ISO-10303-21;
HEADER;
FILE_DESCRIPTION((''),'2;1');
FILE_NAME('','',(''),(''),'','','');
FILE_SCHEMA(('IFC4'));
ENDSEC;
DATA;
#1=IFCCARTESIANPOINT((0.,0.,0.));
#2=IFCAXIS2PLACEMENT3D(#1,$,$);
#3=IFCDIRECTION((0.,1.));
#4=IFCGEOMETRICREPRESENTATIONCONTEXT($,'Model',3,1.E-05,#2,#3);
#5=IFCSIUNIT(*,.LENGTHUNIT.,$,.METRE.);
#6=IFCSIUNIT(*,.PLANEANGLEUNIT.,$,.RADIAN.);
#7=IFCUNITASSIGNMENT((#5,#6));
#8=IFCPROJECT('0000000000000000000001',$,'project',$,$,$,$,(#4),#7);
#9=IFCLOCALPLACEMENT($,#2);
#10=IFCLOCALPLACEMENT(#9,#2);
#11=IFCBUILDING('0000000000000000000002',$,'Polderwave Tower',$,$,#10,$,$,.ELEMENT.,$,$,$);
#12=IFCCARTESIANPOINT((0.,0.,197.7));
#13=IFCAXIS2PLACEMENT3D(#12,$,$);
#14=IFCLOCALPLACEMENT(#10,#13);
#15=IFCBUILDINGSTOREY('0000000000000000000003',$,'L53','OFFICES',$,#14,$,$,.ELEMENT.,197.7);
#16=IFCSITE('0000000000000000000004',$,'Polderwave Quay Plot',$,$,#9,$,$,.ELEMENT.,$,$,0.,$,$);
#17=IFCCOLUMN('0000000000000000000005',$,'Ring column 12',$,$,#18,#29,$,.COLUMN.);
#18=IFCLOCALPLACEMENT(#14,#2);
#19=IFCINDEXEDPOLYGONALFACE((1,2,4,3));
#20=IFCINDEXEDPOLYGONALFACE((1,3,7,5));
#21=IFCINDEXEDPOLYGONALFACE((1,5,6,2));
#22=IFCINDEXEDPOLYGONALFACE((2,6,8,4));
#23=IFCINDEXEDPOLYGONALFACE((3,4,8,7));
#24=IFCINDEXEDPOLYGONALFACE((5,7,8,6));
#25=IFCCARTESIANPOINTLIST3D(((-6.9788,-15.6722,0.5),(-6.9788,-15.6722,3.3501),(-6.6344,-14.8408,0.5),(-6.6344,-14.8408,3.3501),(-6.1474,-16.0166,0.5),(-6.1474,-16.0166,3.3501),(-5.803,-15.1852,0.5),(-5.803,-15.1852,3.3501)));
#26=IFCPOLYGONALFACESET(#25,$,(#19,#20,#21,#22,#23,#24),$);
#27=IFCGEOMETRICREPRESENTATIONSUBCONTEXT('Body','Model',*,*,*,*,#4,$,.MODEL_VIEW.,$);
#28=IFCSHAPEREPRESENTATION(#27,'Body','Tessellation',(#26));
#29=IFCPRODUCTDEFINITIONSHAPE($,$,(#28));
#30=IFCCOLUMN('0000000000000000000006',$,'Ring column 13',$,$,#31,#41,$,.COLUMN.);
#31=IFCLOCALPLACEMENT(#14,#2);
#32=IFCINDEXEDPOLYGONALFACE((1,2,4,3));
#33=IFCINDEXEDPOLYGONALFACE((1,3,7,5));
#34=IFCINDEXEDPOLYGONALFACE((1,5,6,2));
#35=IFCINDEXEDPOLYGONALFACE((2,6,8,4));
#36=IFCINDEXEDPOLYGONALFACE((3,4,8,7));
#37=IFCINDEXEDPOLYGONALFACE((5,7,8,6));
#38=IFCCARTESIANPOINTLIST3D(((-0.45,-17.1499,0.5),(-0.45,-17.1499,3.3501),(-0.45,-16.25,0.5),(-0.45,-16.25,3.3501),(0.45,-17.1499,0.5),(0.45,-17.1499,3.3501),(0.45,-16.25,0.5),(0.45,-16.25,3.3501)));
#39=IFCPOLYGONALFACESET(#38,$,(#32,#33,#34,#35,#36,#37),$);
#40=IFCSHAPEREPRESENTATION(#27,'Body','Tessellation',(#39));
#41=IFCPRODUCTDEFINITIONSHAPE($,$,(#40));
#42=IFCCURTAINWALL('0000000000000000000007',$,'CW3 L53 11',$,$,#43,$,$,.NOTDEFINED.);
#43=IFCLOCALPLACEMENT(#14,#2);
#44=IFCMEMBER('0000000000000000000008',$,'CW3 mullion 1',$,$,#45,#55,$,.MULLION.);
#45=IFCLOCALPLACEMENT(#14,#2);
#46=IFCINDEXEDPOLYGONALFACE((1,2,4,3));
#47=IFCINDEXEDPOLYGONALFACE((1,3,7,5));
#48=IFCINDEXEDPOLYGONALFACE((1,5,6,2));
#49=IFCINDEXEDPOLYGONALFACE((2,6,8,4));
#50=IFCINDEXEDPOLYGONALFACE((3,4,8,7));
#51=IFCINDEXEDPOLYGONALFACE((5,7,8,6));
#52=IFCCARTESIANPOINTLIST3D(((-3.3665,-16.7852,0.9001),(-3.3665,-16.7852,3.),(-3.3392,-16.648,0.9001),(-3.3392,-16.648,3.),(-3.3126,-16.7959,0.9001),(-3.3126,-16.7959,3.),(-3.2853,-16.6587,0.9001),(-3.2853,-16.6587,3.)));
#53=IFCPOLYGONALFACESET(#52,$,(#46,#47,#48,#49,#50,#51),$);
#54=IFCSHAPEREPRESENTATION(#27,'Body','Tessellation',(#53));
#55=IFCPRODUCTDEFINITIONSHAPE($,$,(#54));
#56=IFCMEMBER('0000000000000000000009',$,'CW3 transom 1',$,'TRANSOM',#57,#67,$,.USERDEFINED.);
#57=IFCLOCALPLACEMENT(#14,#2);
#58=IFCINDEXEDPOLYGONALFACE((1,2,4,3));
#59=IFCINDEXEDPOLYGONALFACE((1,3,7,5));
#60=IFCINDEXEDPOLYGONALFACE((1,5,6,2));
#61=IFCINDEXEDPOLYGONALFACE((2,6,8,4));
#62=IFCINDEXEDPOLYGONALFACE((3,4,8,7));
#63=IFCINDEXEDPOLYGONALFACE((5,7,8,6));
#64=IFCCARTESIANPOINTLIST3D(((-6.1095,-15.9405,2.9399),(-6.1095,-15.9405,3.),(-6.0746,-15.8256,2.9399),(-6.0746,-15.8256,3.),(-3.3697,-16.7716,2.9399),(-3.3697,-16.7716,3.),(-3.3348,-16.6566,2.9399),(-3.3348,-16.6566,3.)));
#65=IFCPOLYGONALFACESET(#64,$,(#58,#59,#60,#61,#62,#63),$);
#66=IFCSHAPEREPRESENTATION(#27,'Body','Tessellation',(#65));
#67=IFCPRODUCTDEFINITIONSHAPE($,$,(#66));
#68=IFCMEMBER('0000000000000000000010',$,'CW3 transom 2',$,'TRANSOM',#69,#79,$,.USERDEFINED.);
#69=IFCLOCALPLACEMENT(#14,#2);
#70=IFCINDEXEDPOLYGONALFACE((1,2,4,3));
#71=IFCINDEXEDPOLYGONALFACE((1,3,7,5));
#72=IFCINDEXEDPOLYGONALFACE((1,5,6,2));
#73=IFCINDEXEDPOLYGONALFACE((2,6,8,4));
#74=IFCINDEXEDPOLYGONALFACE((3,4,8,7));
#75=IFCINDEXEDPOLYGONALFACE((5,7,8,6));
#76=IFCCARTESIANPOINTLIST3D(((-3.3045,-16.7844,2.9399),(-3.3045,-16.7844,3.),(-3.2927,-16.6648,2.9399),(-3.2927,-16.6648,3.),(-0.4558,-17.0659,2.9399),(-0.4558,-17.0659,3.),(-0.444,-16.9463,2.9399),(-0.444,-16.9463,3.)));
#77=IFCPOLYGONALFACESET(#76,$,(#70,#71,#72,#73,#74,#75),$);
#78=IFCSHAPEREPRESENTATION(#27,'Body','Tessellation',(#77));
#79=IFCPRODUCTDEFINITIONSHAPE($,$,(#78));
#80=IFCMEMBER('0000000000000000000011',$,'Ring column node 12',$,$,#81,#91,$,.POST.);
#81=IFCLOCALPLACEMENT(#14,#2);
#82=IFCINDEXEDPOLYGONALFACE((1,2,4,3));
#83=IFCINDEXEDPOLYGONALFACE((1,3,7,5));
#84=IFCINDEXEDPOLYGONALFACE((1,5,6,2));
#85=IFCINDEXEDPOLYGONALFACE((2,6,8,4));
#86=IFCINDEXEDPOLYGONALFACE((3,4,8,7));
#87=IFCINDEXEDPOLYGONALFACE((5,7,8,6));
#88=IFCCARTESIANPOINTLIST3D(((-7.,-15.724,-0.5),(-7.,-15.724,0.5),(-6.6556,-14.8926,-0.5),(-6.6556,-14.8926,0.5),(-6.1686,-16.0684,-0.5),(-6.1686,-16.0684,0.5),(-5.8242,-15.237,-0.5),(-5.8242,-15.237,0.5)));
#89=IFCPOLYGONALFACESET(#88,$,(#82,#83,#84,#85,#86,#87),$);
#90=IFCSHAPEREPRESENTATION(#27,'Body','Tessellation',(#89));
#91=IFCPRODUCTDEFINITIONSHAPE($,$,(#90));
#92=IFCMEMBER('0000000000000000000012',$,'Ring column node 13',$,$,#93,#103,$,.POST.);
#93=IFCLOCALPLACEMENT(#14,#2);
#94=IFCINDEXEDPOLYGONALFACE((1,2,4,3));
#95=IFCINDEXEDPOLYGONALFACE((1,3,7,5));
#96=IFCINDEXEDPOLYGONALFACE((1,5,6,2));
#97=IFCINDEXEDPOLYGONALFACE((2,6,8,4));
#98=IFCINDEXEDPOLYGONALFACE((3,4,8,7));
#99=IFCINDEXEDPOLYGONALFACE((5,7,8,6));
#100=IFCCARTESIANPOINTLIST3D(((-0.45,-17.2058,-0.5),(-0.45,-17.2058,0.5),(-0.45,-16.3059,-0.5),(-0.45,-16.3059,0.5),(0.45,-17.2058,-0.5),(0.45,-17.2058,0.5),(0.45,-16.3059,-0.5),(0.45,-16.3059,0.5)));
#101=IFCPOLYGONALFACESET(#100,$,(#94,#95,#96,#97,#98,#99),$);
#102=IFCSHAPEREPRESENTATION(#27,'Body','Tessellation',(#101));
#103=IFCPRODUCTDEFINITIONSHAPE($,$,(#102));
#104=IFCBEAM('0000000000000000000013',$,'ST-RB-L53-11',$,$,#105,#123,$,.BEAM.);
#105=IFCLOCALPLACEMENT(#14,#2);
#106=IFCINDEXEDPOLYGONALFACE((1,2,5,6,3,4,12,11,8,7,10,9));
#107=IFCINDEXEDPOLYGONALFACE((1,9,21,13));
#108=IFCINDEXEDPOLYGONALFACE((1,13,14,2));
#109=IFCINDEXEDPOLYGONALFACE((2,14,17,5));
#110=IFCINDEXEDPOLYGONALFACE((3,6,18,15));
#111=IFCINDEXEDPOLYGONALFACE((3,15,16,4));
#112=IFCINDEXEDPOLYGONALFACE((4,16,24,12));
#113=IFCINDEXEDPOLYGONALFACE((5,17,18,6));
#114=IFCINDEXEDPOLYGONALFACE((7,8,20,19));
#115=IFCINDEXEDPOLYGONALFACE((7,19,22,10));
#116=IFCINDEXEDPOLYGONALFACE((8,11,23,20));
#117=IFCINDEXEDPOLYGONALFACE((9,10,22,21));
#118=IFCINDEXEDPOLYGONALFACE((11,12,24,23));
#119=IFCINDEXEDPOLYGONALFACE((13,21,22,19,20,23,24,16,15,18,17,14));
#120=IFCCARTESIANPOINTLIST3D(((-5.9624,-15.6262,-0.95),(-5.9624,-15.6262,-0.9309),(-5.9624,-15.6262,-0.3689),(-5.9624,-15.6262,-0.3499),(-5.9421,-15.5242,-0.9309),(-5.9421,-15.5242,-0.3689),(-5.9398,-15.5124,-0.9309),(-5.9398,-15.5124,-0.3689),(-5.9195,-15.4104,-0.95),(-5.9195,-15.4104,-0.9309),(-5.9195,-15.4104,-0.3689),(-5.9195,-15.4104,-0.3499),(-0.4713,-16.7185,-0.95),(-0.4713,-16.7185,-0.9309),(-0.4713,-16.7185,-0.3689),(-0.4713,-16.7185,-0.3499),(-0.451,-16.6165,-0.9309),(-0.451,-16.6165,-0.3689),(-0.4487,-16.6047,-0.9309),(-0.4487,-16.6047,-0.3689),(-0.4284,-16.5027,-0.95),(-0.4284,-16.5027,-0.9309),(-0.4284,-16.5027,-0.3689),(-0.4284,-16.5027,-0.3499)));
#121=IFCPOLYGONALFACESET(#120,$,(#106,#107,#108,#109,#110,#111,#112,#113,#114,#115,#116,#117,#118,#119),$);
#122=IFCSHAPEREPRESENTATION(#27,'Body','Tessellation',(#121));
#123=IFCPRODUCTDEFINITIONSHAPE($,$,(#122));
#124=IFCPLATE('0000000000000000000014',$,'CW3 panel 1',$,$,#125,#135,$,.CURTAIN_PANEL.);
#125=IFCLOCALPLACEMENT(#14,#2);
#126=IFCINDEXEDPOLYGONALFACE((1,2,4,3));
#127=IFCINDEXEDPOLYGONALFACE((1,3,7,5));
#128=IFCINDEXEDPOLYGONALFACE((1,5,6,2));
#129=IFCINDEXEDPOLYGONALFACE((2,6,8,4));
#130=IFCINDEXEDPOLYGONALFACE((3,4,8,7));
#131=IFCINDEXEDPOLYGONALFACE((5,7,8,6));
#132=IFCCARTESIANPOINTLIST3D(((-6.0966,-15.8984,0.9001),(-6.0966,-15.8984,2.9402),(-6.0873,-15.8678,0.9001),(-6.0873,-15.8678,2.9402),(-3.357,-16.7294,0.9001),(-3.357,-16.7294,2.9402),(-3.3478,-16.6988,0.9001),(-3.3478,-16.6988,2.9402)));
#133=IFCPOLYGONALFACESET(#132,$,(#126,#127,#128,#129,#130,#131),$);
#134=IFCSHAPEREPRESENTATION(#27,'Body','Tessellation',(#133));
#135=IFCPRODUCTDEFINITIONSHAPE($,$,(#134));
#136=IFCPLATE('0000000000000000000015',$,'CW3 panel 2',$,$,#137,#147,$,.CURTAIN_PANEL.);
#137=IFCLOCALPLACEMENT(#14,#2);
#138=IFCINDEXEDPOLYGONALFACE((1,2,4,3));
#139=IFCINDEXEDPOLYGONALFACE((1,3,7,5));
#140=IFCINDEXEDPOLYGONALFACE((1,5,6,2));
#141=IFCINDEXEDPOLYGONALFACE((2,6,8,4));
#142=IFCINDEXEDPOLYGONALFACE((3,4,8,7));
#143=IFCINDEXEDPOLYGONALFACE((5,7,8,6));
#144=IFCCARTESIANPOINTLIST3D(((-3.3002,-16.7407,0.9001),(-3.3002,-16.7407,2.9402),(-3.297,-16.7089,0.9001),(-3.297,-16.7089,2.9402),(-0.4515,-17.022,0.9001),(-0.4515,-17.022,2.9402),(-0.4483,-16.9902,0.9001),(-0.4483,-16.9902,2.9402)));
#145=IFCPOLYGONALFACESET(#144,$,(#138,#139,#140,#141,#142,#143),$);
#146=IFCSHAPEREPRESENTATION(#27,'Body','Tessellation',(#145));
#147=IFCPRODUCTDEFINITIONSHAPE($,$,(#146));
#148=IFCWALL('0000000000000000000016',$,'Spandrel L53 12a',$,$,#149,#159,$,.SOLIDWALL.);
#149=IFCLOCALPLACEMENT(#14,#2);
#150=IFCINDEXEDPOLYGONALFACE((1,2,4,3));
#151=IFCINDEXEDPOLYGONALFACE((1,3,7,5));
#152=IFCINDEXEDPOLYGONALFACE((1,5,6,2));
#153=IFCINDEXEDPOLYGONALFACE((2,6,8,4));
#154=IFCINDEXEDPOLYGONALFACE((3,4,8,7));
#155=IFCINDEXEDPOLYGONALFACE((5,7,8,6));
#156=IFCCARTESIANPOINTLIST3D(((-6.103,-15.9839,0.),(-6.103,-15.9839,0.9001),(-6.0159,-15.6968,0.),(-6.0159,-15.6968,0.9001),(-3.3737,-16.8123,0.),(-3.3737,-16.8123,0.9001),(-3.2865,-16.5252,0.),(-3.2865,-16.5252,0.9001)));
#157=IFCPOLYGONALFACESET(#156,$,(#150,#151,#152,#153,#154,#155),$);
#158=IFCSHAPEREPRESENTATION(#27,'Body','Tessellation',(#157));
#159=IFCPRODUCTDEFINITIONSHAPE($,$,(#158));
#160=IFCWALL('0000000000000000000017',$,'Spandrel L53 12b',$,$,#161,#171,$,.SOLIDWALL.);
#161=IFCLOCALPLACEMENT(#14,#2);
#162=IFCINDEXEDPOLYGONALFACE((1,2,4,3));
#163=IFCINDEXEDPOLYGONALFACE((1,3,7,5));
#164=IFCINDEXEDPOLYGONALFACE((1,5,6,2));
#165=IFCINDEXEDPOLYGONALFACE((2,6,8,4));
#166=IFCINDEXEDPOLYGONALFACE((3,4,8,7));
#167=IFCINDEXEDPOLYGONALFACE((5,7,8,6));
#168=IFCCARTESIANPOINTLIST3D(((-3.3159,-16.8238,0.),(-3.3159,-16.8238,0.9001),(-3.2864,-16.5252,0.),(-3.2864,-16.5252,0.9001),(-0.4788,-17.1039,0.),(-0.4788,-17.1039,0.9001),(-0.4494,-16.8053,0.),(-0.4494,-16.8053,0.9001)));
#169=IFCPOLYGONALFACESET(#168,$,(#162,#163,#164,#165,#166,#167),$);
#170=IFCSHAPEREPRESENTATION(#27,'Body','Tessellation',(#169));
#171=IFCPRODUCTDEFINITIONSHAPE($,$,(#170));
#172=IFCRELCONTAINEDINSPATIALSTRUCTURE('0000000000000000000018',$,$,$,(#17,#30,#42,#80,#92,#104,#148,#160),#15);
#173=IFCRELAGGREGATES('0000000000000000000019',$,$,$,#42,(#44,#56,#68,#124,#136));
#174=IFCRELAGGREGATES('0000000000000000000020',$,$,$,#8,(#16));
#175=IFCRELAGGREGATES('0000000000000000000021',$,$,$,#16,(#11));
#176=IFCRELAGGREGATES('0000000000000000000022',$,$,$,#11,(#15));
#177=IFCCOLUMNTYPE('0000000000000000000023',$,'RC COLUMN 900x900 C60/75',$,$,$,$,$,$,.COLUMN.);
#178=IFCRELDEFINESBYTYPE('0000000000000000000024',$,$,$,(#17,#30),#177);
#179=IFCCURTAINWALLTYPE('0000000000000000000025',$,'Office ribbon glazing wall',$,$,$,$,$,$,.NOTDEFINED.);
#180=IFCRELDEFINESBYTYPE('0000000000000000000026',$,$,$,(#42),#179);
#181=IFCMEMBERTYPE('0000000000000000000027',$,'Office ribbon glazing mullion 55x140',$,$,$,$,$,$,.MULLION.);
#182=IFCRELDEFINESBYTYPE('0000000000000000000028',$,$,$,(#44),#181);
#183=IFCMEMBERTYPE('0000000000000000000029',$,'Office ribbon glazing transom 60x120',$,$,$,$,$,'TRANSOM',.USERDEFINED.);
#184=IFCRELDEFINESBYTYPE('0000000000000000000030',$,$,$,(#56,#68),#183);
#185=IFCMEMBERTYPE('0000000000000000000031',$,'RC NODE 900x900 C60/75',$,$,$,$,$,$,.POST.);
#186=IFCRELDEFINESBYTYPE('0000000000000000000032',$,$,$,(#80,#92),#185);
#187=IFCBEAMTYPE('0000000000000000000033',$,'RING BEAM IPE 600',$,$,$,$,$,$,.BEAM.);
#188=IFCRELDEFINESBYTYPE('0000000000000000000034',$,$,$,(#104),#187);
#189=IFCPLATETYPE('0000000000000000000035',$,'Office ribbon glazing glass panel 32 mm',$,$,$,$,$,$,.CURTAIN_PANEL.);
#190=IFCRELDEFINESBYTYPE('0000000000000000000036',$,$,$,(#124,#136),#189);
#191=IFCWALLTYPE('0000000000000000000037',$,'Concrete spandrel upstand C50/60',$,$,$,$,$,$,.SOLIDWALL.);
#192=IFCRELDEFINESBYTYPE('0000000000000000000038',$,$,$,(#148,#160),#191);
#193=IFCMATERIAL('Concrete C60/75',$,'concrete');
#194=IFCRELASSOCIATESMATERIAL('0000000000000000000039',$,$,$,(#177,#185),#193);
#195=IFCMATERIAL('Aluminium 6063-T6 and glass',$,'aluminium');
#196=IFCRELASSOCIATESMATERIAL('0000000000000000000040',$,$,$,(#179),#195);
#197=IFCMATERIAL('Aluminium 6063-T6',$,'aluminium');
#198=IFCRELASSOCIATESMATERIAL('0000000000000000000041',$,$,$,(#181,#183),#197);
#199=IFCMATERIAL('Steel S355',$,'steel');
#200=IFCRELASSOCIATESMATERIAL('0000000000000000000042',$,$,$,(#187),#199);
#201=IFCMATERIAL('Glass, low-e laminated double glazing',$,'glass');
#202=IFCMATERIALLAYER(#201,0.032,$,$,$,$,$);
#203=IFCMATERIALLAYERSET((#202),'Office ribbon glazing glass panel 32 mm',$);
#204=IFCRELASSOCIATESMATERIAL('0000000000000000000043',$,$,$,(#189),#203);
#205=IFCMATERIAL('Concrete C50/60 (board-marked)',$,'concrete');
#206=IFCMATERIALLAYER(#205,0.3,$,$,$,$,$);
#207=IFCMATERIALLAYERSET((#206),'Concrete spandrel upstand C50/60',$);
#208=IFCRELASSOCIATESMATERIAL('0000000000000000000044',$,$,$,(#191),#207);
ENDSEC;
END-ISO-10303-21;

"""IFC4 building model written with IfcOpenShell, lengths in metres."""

from ifc_helpers import new_model, si_unit, direction, frame, frame_2d, origin, origin_2d, place, context, subcontext, project, spatial, rectangle, i_section, extrude, material, layer, layer_set, material_profile, profile_set, type_object, element, aggregate, save


model = new_model("IFC4")

# Units and contexts
model_context = context("Model", 3, precision=1e-05, world=origin(), true_north=direction((0.0, 1.0)))
body_context = subcontext(model_context, "Body", "Model", "MODEL_VIEW")
ifc_project = project(units=[si_unit("LENGTHUNIT", "METRE"), si_unit("PLANEANGLEUNIT", "RADIAN")], contexts=[model_context])

# Site, building, storey
site_placement = place(None, origin())
site = spatial("IfcSite", under=ifc_project, at=site_placement, Name="Polderwave Quay Plot", CompositionType="ELEMENT", RefElevation=0.0)
building_placement = place(site_placement, origin())
building = spatial("IfcBuilding", under=site, at=building_placement, Name="Polderwave Tower", CompositionType="ELEMENT")
storey_placement = place(building_placement, frame((0.0, 0.0, 197.7)))
storey = spatial("IfcBuildingStorey", under=building, at=storey_placement, Name="L53", Description="OFFICES", CompositionType="ELEMENT", Elevation=197.7)

# Columns
ifc_material_1 = material(Name="Concrete C60/75", Category="concrete")
ifc_material_profile_1 = material_profile(ifc_material_1, rectangle(XDim=0.8999, YDim=0.8999, at=origin_2d()), Name="RC 900x900")
ifc_profile_set_1 = profile_set([ifc_material_profile_1], Name="Concrete C60/75")
column_type = type_object("IfcColumnType", Name="RC COLUMN 900x900 C60/75", PredefinedType="COLUMN", material=ifc_profile_set_1)
for number, where, z_axis, x_axis, name in (
    (1, (-6.3909, -15.4287, 0.5), (0.0, 0.0, 1.0), (-0.382683, -0.92388, 0.0), "Ring column 12"),
    (2, (0.0, -16.7, 0.5), (0.0, 0.0, 1.0), (0.0, -1.0, 0.0), "Ring column 13"),
):
    element("IfcColumn", number, at=place(storey_placement, frame(where, z_axis=z_axis, x_axis=x_axis)), inside=storey, type_object=column_type, Name=name, PredefinedType="COLUMN", context=body_context, shape_type="SweptSolid", body=[
        extrude(rectangle(XDim=0.8999, YDim=0.8999, at=origin_2d()), origin(), (0.0, 0.0, 1.0), 2.8501),
    ])

# Curtain wall, members
ifc_material_2 = material(Name="Aluminium 6063-T6 and glass", Category="aluminium")
curtain_wall_type = type_object("IfcCurtainWallType", Name="Office ribbon glazing wall", PredefinedType="NOTDEFINED", material=ifc_material_2)
curtain_wall_placement = place(storey_placement, origin())
curtain_wall = element("IfcCurtainWall", 3, at=curtain_wall_placement, inside=storey, type_object=curtain_wall_type, Name="CW3 L53 11", PredefinedType="NOTDEFINED")
ifc_material_3 = material(Name="Aluminium 6063-T6", Category="aluminium")
ifc_material_profile_2 = material_profile(ifc_material_3, rectangle(XDim=0.1399, YDim=0.0549, at=origin_2d()), Name="AL 55x140")
ifc_profile_set_2 = profile_set([ifc_material_profile_2], Name="Aluminium 6063-T6")
member_type_1 = type_object("IfcMemberType", Name="Office ribbon glazing mullion 55x140", PredefinedType="MULLION", material=ifc_profile_set_2)
member_1_placement = place(storey_placement, frame((-3.3259, -16.7219, 0.9001), z_axis=(0.0, 0.0, 1.0), x_axis=(0.195205, 0.980762, 0.0)))
member_1 = element("IfcMember", 4, at=member_1_placement, type_object=member_type_1, Name="CW3 mullion 1", PredefinedType="MULLION", context=body_context, shape_type="SweptSolid", body=[
    extrude(rectangle(XDim=0.1399, YDim=0.0549, at=origin_2d()), origin(), (0.0, 0.0, 1.0), 2.0999),
])
ifc_material_profile_3 = material_profile(ifc_material_3, rectangle(XDim=0.1201, YDim=0.0601, at=origin_2d()), Name="AL 60x120")
ifc_profile_set_3 = profile_set([ifc_material_profile_3], Name="Aluminium 6063-T6")
member_type_2 = type_object("IfcMemberType", Name="Office ribbon glazing transom 60x120", ElementType="TRANSOM", PredefinedType="USERDEFINED", material=ifc_profile_set_3)
member_2_placement = place(storey_placement, frame((-6.092, -15.8831, 2.97), z_axis=(0.956944, -0.290272, 0.0), x_axis=(0.290272, 0.956944, 0.0)))
member_2 = element("IfcMember", 5, at=member_2_placement, type_object=member_type_2, Name="CW3 transom 1", ObjectType="TRANSOM", PredefinedType="USERDEFINED", context=body_context, shape_type="SweptSolid", body=[
    extrude(rectangle(XDim=0.1201, YDim=0.0601, at=origin_2d()), origin(), (0.0, 0.0, 1.0), 2.863),
])
member_3_placement = place(storey_placement, frame((-3.2986, -16.7246, 2.97), z_axis=(0.995153, -0.098338, 0.0), x_axis=(0.098338, 0.995153, 0.0)))
member_3 = element("IfcMember", 6, at=member_3_placement, type_object=member_type_2, Name="CW3 transom 2", ObjectType="TRANSOM", PredefinedType="USERDEFINED", context=body_context, shape_type="SweptSolid", body=[
    extrude(rectangle(XDim=0.1201, YDim=0.0601, at=origin_2d()), origin(), (0.0, 0.0, 1.0), 2.8625),
])

# Members
ifc_material_profile_4 = material_profile(ifc_material_1, rectangle(XDim=0.8999, YDim=0.8999, at=origin_2d()), Name="RC 900x900")
ifc_profile_set_4 = profile_set([ifc_material_profile_4], Name="Concrete C60/75")
member_type_3 = type_object("IfcMemberType", Name="RC NODE 900x900 C60/75", PredefinedType="POST", material=ifc_profile_set_4)
for number, where, z_axis, x_axis, name in (
    (7, (-6.4121, -15.4805, -0.5), (0.0, 0.0, 1.0), (-0.382683, -0.92388, 0.0), "Ring column node 12"),
    (8, (0.0, -16.7559, -0.5), (0.0, 0.0, 1.0), (0.0, -1.0, 0.0), "Ring column node 13"),
):
    element("IfcMember", number, at=place(storey_placement, frame(where, z_axis=z_axis, x_axis=x_axis)), inside=storey, type_object=member_type_3, Name=name, PredefinedType="POST", context=body_context, shape_type="SweptSolid", body=[
        extrude(rectangle(XDim=0.8999, YDim=0.8999, at=origin_2d()), origin(), (0.0, 0.0, 1.0), 1.0),
    ])

# Beam
ifc_material_4 = material(Name="Steel S355", Category="steel")
ifc_material_profile_5 = material_profile(ifc_material_4, i_section(OverallWidth=0.22, OverallDepth=0.6001, WebThickness=0.012, FlangeThickness=0.019, at=origin_2d()), Name="IPE 600")
ifc_profile_set_5 = profile_set([ifc_material_profile_5], Name="Steel S355")
beam_type = type_object("IfcBeamType", Name="RING BEAM IPE 600", PredefinedType="BEAM", material=ifc_profile_set_5)
beam_placement = place(storey_placement, frame((-5.9409, -15.5183, -0.6499), z_axis=(0.980783, -0.195101, 0.0), x_axis=(0.195101, 0.980783, 0.0)))
element("IfcBeam", 9, at=beam_placement, inside=storey, type_object=beam_type, Name="ST-RB-L53-11", PredefinedType="BEAM", context=body_context, shape_type="SweptSolid", body=[
    extrude(i_section(OverallWidth=0.22, OverallDepth=0.6001, WebThickness=0.012, FlangeThickness=0.019, at=origin_2d()), origin(), (0.0, 0.0, 1.0), 5.5986),
])

# Plates
ifc_material_5 = material(Name="Glass, low-e laminated double glazing", Category="glass")
ifc_layer_1 = layer(ifc_material_5, 0.032)
ifc_layer_set_1 = layer_set([ifc_layer_1], Name="Office ribbon glazing glass panel 32 mm")
plate_type = type_object("IfcPlateType", Name="Office ribbon glazing glass panel 32 mm", PredefinedType="CURTAIN_PANEL", material=ifc_layer_set_1)
plate_1_placement = place(storey_placement, frame((-4.7222, -16.2986, 0.9001), z_axis=(0.0, 0.0, 1.0), x_axis=(0.956946, -0.290266, 0.0)))
plate_1 = element("IfcPlate", 10, at=plate_1_placement, type_object=plate_type, Name="CW3 panel 1", PredefinedType="CURTAIN_PANEL", context=body_context, shape_type="SweptSolid", body=[
    extrude(rectangle(XDim=2.8628, YDim=0.032, at=origin_2d()), origin(), (0.0, 0.0, 1.0), 2.04),
])
plate_2_placement = place(storey_placement, frame((-1.8743, -16.8655, 0.9001), z_axis=(0.0, 0.0, 1.0), x_axis=(0.99516, -0.098271, 0.0)))
plate_2 = element("IfcPlate", 11, at=plate_2_placement, type_object=plate_type, Name="CW3 panel 2", PredefinedType="CURTAIN_PANEL", context=body_context, shape_type="SweptSolid", body=[
    extrude(rectangle(XDim=2.8625, YDim=0.032, at=origin_2d()), origin(), (0.0, 0.0, 1.0), 2.04),
])
aggregate(curtain_wall, [member_1, member_2, member_3, plate_1, plate_2])

# Walls
ifc_material_6 = material(Name="Concrete C50/60 (board-marked)", Category="concrete")
ifc_layer_2 = layer(ifc_material_6, 0.3)
ifc_layer_set_2 = layer_set([ifc_layer_2], Name="Concrete spandrel upstand C50/60")
wall_type_1 = type_object("IfcWallType", Name="Concrete spandrel upstand C50/60", PredefinedType="SOLIDWALL", material=ifc_layer_set_2)
wall_1_placement = place(storey_placement, frame((-6.0596, -15.8403, 0.0), z_axis=(0.0, 0.0, 1.0), x_axis=(0.956895, -0.290433, 0.0)))
element("IfcWall", 12, at=wall_1_placement, inside=storey, type_object=wall_type_1, Name="Spandrel L53 12a", PredefinedType="SOLIDWALL", context=body_context, shape_type="SweptSolid", body=[
    extrude(rectangle(XDim=2.8523, YDim=0.3, at=frame_2d((1.4263, 0.0))), origin(), (0.0, 0.0, 1.0), 0.9001),
])
wall_2_placement = place(storey_placement, frame((-3.301, -16.6746, 0.0), z_axis=(0.0, 0.0, 1.0), x_axis=(0.995164, -0.098223, 0.0)))
element("IfcWall", 13, at=wall_2_placement, inside=storey, type_object=wall_type_1, Name="Spandrel L53 12b", PredefinedType="SOLIDWALL", context=body_context, shape_type="SweptSolid", body=[
    extrude(rectangle(XDim=2.8508, YDim=0.3, at=frame_2d((1.4253, 0.0))), origin(), (0.0, 0.0, 1.0), 0.9001),
])

save(model, "model.ifc")
